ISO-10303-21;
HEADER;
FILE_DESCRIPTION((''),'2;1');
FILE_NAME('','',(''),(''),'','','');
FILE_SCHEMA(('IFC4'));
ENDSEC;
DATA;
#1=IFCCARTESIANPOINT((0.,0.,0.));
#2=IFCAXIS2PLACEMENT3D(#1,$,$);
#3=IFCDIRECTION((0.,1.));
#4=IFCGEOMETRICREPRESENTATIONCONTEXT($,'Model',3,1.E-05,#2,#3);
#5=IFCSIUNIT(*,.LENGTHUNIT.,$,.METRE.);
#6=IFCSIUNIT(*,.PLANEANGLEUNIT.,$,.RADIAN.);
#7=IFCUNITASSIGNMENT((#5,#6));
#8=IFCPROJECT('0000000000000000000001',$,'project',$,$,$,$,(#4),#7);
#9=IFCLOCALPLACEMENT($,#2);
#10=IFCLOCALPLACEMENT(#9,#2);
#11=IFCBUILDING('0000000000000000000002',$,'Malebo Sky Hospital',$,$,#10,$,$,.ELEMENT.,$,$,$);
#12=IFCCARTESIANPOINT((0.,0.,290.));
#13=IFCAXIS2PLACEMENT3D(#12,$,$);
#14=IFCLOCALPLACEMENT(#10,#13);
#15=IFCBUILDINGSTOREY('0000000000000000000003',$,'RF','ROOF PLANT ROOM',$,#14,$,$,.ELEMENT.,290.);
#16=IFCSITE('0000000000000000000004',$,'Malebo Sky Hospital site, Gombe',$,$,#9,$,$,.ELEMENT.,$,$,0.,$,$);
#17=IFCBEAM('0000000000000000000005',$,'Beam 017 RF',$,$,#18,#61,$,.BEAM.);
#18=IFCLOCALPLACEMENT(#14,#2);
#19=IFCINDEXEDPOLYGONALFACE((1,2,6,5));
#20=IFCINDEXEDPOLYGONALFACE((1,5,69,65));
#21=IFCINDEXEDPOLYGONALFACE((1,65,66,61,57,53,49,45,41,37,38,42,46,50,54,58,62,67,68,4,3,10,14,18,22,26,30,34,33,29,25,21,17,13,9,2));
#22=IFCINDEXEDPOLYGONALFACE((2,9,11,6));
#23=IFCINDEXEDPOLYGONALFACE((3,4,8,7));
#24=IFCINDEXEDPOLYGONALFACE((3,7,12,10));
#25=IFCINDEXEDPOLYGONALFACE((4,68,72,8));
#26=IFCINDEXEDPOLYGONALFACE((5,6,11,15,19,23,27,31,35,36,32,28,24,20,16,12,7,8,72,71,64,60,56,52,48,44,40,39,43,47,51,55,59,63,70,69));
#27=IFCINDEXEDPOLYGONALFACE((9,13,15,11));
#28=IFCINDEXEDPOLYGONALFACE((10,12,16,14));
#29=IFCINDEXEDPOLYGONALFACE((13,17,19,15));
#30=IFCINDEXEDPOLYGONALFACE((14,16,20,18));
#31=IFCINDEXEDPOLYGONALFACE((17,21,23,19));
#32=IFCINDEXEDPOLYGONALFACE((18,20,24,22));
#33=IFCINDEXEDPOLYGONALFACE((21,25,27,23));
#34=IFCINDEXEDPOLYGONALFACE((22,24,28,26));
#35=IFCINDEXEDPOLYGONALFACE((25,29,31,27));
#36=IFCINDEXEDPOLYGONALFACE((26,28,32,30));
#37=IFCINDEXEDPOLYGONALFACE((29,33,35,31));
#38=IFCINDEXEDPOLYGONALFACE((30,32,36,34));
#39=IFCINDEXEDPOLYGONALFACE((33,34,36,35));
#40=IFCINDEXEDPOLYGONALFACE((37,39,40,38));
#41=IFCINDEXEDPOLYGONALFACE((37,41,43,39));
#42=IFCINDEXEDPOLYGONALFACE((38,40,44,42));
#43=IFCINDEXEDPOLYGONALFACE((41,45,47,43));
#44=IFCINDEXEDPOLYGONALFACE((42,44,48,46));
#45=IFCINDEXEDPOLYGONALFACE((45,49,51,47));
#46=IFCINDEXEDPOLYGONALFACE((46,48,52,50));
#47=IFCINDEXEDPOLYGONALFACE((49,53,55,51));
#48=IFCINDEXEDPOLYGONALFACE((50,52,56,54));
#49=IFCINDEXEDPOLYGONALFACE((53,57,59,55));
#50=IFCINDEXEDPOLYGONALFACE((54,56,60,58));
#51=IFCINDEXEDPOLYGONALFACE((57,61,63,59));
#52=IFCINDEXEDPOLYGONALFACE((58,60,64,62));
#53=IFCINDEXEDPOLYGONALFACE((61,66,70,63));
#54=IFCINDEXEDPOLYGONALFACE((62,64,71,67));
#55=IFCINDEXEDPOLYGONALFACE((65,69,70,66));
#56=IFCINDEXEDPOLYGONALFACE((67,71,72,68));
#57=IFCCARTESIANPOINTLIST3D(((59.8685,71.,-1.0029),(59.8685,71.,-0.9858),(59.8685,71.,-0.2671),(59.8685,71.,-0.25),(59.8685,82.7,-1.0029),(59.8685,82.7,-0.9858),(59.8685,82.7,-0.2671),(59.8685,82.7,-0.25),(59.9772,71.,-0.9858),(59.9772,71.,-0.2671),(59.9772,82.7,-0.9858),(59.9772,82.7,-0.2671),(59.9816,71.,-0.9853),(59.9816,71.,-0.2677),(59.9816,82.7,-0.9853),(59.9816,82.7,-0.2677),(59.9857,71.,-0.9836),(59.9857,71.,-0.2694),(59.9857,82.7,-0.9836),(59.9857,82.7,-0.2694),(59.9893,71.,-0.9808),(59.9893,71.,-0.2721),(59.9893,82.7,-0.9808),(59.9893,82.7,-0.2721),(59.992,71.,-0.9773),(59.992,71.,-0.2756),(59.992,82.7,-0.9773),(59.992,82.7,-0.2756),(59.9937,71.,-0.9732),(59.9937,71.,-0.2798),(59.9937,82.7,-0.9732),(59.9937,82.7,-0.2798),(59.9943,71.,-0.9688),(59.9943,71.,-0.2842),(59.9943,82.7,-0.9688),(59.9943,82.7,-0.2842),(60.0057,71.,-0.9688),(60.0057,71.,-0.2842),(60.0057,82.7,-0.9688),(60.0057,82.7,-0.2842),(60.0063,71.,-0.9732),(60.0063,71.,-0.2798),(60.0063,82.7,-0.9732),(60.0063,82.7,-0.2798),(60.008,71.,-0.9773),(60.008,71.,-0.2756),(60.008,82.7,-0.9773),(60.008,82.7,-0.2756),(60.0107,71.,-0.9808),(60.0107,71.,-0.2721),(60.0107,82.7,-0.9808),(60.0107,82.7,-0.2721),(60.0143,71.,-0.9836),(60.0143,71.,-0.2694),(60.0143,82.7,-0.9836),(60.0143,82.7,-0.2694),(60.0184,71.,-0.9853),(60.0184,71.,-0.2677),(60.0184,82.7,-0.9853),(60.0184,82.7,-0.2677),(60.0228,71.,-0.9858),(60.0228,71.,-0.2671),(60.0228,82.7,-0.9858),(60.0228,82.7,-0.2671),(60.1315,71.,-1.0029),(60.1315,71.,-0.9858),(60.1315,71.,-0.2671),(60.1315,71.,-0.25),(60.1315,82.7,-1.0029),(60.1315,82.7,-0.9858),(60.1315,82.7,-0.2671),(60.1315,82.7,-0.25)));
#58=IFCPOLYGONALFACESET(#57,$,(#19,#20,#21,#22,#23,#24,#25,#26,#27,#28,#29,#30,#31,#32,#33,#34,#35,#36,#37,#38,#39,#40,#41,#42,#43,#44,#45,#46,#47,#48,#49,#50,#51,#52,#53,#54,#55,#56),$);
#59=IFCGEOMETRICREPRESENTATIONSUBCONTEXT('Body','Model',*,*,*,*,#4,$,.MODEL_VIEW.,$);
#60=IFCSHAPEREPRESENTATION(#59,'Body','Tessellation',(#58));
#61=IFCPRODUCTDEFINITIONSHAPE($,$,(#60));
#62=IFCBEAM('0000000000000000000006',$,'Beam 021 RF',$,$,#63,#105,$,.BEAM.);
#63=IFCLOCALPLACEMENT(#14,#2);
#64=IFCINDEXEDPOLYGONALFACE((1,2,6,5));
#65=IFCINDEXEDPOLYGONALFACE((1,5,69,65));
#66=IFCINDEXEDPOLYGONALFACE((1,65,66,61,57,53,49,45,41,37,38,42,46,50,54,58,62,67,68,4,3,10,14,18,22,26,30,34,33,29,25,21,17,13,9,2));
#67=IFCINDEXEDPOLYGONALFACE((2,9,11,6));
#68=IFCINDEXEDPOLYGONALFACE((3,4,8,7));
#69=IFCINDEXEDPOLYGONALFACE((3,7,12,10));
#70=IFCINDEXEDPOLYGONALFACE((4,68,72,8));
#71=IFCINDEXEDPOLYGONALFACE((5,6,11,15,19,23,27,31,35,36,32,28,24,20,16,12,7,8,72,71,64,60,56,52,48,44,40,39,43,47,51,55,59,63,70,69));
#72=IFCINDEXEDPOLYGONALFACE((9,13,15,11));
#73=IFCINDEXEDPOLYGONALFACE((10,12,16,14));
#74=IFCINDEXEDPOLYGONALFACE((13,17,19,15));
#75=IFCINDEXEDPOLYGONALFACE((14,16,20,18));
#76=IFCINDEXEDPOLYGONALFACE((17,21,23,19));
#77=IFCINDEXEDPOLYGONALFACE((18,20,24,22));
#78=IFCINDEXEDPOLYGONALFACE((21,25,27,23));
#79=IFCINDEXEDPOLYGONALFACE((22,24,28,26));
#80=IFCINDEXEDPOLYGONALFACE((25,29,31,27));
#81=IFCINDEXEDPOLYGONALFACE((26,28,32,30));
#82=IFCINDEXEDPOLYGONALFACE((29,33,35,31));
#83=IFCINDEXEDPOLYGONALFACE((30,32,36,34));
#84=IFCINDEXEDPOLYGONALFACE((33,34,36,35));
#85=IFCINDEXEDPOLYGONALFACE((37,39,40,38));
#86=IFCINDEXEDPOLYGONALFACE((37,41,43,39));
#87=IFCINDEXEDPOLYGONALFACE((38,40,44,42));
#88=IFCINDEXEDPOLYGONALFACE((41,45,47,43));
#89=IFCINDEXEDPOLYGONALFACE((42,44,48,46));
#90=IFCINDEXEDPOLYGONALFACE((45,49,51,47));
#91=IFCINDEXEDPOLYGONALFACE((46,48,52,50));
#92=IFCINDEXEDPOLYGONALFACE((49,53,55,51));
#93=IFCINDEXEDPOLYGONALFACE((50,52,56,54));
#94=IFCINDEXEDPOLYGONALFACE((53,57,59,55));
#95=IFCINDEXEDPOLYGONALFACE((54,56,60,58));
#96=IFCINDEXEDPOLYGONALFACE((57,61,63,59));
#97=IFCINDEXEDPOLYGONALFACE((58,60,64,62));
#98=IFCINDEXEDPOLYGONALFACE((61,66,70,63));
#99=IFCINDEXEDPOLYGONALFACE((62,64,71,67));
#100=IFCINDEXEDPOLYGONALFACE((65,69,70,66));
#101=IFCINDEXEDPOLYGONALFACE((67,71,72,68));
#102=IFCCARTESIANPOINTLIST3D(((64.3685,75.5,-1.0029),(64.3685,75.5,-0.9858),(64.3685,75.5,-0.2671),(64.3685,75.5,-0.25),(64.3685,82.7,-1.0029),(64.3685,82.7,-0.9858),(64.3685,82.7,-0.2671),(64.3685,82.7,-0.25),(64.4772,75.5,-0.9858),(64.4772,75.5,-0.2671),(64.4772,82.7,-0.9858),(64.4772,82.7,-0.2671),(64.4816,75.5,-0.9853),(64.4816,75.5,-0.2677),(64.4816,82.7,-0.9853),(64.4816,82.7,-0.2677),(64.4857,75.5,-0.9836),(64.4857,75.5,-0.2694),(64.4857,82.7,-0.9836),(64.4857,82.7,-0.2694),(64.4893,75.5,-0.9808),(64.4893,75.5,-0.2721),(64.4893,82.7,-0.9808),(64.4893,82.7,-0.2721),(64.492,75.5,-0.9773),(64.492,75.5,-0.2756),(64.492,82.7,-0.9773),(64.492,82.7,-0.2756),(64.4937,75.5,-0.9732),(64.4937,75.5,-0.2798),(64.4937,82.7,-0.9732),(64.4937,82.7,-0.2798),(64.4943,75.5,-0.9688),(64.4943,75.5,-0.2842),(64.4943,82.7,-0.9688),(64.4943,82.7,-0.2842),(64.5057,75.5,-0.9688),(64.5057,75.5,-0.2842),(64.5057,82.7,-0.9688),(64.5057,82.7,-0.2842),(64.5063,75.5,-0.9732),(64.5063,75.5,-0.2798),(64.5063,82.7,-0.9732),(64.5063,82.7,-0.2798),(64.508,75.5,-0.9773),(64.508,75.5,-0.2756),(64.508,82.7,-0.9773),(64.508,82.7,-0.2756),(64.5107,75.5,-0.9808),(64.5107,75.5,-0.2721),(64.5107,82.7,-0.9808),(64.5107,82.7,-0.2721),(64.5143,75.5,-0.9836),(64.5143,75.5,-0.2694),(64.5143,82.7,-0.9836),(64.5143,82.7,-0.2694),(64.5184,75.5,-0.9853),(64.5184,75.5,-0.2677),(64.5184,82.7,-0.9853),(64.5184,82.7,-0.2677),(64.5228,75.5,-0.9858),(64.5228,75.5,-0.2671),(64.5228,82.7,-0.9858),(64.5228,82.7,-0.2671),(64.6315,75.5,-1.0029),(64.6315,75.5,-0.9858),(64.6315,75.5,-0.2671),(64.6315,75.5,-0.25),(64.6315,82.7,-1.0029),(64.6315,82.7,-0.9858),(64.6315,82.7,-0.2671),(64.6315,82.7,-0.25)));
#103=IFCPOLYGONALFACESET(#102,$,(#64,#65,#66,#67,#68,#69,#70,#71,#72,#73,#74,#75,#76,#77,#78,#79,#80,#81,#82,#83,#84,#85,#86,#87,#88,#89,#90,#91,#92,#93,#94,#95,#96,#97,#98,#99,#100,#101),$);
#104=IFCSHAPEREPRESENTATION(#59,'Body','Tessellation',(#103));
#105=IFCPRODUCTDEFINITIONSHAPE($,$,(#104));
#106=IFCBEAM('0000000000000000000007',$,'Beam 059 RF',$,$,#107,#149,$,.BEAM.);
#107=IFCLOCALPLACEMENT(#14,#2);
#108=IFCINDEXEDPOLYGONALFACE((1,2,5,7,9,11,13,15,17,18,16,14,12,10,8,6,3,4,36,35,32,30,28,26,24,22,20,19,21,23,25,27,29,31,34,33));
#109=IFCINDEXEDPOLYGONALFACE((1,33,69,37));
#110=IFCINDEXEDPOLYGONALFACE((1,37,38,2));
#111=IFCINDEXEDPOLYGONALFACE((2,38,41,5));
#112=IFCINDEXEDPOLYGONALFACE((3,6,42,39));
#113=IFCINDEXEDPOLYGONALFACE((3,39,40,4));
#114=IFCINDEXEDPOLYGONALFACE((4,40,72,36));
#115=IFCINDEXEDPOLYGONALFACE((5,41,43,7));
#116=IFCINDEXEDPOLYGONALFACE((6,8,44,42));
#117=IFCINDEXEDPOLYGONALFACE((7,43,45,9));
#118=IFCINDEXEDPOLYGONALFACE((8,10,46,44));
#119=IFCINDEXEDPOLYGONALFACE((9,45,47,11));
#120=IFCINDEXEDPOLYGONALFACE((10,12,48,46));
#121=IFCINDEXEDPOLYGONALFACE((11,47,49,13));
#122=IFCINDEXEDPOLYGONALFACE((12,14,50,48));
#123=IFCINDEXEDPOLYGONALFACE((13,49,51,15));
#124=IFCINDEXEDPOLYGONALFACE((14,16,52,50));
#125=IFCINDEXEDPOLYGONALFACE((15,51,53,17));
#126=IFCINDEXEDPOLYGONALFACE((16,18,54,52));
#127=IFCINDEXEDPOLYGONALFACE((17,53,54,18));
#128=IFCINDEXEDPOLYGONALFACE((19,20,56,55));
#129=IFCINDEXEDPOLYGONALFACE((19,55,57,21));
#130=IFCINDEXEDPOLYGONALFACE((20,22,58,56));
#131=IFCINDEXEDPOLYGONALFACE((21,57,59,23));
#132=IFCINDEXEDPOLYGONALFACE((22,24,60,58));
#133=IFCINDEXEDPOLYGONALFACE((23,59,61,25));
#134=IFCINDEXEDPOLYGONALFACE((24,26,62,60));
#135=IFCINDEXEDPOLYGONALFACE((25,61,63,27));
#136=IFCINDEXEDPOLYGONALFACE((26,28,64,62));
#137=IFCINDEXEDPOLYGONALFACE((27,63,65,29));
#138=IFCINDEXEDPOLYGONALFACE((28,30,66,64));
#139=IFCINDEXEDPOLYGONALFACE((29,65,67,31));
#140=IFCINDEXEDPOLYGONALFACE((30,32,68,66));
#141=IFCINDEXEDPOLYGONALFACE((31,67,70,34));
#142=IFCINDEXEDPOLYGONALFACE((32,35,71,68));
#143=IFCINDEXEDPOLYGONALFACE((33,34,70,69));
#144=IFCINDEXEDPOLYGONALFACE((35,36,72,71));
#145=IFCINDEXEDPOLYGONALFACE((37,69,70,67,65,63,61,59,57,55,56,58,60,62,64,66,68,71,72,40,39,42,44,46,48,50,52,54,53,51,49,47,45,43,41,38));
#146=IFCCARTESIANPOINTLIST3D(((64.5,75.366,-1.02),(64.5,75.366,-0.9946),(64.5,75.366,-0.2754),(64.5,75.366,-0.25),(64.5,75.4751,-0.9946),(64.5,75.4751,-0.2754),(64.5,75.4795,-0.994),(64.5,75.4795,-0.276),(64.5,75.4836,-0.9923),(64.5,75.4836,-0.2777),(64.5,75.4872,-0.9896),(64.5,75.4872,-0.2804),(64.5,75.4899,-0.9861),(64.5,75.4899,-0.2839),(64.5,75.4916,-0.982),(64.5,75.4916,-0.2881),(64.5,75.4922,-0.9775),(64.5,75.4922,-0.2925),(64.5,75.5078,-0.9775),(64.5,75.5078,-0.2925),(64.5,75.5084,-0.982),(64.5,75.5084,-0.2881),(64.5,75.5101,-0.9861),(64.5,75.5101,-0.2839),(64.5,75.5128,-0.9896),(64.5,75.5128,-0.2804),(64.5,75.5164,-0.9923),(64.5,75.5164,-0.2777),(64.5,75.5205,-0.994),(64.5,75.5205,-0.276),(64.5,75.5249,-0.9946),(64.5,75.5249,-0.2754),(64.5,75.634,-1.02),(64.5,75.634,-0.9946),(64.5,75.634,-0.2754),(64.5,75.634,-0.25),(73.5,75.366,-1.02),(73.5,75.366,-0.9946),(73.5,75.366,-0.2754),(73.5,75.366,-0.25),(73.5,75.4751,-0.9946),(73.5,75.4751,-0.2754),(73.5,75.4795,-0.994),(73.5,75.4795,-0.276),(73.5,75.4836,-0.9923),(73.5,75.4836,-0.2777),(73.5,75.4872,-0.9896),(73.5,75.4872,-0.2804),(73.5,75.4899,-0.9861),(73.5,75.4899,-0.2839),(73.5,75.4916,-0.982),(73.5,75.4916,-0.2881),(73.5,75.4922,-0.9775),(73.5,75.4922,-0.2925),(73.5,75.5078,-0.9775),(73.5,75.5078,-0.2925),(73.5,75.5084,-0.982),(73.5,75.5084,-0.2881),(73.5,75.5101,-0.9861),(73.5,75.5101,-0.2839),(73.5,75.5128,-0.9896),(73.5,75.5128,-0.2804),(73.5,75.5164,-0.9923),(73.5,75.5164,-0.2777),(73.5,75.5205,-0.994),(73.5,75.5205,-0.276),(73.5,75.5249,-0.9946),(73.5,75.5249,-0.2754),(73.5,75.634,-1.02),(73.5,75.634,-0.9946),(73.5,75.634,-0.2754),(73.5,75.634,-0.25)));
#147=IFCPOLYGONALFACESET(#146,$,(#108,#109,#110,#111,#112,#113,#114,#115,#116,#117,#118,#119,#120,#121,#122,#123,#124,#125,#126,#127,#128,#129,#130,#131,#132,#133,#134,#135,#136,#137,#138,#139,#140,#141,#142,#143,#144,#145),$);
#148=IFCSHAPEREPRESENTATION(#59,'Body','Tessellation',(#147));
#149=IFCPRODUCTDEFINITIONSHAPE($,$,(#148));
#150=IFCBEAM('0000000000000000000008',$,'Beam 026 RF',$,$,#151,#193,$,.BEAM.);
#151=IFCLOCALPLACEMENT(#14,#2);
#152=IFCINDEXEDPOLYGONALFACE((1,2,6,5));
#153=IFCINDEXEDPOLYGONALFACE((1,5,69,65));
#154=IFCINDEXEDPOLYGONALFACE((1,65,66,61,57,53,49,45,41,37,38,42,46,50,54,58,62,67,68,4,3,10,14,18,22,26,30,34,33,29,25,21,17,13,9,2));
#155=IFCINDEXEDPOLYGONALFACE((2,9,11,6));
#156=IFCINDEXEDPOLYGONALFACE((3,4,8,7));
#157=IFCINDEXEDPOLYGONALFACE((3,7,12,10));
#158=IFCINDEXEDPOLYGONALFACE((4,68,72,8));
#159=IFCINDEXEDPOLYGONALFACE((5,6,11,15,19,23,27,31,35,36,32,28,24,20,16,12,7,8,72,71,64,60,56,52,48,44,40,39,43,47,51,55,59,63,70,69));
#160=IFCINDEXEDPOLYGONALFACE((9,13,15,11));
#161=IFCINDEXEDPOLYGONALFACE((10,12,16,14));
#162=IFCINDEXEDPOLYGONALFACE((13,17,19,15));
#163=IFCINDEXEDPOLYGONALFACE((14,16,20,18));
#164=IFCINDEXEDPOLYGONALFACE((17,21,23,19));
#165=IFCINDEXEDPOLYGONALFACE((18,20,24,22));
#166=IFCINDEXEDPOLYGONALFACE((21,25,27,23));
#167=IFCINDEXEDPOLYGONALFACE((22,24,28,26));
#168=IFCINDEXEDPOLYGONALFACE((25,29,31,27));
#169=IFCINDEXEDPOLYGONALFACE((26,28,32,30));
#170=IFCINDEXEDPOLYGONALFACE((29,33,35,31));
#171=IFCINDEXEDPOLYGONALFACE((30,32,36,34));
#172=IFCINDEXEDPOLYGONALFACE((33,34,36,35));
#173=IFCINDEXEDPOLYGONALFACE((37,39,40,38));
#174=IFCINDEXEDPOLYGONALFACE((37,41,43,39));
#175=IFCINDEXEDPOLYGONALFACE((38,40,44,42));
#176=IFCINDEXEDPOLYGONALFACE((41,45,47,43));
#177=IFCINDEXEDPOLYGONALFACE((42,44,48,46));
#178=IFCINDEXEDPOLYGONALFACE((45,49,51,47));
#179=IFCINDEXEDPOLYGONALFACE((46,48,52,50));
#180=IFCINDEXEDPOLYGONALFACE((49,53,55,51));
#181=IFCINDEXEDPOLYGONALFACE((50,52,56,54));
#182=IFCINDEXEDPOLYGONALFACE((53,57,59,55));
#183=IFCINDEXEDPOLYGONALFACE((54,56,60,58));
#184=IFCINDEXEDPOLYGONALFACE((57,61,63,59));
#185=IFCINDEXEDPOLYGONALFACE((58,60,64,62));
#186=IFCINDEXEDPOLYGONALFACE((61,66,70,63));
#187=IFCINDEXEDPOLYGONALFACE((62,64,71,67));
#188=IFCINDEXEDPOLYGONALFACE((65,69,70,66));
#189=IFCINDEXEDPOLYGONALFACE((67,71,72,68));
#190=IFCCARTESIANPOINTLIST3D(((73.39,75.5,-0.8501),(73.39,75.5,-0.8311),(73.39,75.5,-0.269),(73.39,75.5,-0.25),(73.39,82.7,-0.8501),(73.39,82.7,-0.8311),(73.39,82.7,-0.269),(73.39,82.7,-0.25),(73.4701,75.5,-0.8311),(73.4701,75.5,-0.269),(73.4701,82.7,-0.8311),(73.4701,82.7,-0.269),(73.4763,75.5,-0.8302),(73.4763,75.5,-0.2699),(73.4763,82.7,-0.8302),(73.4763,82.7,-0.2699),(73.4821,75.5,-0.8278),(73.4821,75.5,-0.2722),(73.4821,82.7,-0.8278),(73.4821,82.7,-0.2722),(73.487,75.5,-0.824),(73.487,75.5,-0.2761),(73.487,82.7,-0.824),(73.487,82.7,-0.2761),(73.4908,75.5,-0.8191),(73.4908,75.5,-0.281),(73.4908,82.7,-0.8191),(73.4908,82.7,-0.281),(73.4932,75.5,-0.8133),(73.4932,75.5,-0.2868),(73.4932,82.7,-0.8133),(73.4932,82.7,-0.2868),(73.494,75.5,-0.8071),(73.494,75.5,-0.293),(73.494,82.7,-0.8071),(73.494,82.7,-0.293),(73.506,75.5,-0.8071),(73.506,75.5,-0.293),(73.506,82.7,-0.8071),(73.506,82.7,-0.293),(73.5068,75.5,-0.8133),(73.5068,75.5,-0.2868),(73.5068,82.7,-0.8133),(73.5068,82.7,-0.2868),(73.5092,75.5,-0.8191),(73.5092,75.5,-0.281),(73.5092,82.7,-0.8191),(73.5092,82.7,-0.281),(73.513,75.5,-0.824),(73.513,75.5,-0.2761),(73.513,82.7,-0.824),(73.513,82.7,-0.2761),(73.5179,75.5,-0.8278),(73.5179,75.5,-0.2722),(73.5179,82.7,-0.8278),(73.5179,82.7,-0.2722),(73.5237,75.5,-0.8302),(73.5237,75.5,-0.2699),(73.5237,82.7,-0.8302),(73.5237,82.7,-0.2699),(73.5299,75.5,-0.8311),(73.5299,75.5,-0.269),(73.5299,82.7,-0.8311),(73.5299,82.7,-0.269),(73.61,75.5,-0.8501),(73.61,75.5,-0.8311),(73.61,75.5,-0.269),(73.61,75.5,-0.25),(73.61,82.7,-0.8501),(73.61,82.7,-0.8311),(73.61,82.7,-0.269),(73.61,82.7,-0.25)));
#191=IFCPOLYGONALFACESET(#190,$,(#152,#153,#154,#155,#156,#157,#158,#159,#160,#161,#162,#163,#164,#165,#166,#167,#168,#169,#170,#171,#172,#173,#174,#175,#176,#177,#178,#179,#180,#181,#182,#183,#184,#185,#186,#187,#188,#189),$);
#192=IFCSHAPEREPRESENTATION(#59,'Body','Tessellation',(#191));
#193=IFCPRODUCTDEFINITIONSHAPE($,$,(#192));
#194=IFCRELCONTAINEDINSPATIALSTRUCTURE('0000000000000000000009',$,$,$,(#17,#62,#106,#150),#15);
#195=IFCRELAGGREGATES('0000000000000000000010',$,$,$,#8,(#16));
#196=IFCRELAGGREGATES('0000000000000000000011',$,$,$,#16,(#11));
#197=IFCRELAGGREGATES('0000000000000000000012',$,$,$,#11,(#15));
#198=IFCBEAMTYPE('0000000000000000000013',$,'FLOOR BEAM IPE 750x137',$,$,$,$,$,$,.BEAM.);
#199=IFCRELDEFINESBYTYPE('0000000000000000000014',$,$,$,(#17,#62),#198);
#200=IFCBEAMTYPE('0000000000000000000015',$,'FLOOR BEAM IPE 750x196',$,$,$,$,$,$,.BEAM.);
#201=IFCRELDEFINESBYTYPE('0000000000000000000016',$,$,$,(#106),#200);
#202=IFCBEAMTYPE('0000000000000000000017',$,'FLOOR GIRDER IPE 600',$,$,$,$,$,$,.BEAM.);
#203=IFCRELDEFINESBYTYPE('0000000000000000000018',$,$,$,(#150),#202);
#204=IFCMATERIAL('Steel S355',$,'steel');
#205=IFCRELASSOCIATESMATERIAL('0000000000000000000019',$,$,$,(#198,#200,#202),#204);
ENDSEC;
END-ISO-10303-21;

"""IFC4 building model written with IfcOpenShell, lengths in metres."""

from ifc_helpers import new_model, si_unit, direction, frame, origin, origin_2d, place, context, subcontext, project, spatial, i_section, extrude, material, material_profile, profile_set, type_object, element, save


model = new_model("IFC4")

# Units and contexts
model_context = context("Model", 3, precision=1e-05, world=origin(), true_north=direction((0.0, 1.0)))
body_context = subcontext(model_context, "Body", "Model", "MODEL_VIEW")
ifc_project = project(units=[si_unit("LENGTHUNIT", "METRE"), si_unit("PLANEANGLEUNIT", "RADIAN")], contexts=[model_context])

# Site, building, storey
site_placement = place(None, origin())
site = spatial("IfcSite", under=ifc_project, at=site_placement, Name="Malebo Sky Hospital site, Gombe", CompositionType="ELEMENT", RefElevation=0.0)
building_placement = place(site_placement, origin())
building = spatial("IfcBuilding", under=site, at=building_placement, Name="Malebo Sky Hospital", CompositionType="ELEMENT")
storey_placement = place(building_placement, frame((0.0, 0.0, 290.0)))
storey = spatial("IfcBuildingStorey", under=building, at=storey_placement, Name="RF", Description="ROOF PLANT ROOM", CompositionType="ELEMENT", Elevation=290.0)

# Shared definitions
ifc_material_1 = material(Name="Steel S355", Category="steel")

# Beams
ifc_material_profile_1 = material_profile(ifc_material_1, i_section(OverallWidth=0.2629, OverallDepth=0.7529, WebThickness=0.0115, FlangeThickness=0.0171, FilletRadius=0.0171, at=origin_2d()), Name="IPE 750x137")
ifc_profile_set_1 = profile_set([ifc_material_profile_1], Name="Steel S355")
beam_type_1 = type_object("IfcBeamType", Name="FLOOR BEAM IPE 750x137", PredefinedType="BEAM", material=ifc_profile_set_1)
beam_1_placement = place(storey_placement, frame((60.0, 71.0, -0.6265), z_axis=(0.0, 1.0, 0.0), x_axis=(-1.0, 0.0, 0.0)))
element("IfcBeam", 1, at=beam_1_placement, inside=storey, type_object=beam_type_1, Name="Beam 017 RF", PredefinedType="BEAM", context=body_context, shape_type="SweptSolid", body=[
    extrude(i_section(OverallWidth=0.2629, OverallDepth=0.7529, WebThickness=0.0115, FlangeThickness=0.0171, FilletRadius=0.0171, at=origin_2d()), origin(), (0.0, 0.0, 1.0), 11.7),
])
beam_2_placement = place(storey_placement, frame((64.5, 75.5, -0.6265), z_axis=(0.0, 1.0, 0.0), x_axis=(-1.0, 0.0, 0.0)))
element("IfcBeam", 2, at=beam_2_placement, inside=storey, type_object=beam_type_1, Name="Beam 021 RF", PredefinedType="BEAM", context=body_context, shape_type="SweptSolid", body=[
    extrude(i_section(OverallWidth=0.2629, OverallDepth=0.7529, WebThickness=0.0115, FlangeThickness=0.0171, FilletRadius=0.0171, at=origin_2d()), origin(), (0.0, 0.0, 1.0), 7.2),
])
ifc_material_profile_2 = material_profile(ifc_material_1, i_section(OverallWidth=0.2681, OverallDepth=0.77, WebThickness=0.0156, FlangeThickness=0.0254, FilletRadius=0.0171, at=origin_2d()), Name="IPE 750x196")
ifc_profile_set_2 = profile_set([ifc_material_profile_2], Name="Steel S355")
beam_type_2 = type_object("IfcBeamType", Name="FLOOR BEAM IPE 750x196", PredefinedType="BEAM", material=ifc_profile_set_2)
beam_3_placement = place(storey_placement, frame((64.5, 75.5, -0.635), z_axis=(1.0, 0.0, 0.0), x_axis=(0.0, 1.0, 0.0)))
element("IfcBeam", 3, at=beam_3_placement, inside=storey, type_object=beam_type_2, Name="Beam 059 RF", PredefinedType="BEAM", context=body_context, shape_type="SweptSolid", body=[
    extrude(i_section(OverallWidth=0.2681, OverallDepth=0.77, WebThickness=0.0156, FlangeThickness=0.0254, FilletRadius=0.0171, at=origin_2d()), origin(), (0.0, 0.0, 1.0), 9.0),
])
ifc_material_profile_3 = material_profile(ifc_material_1, i_section(OverallWidth=0.22, OverallDepth=0.6001, WebThickness=0.012, FlangeThickness=0.019, FilletRadius=0.0239, at=origin_2d()), Name="IPE 600")
ifc_profile_set_3 = profile_set([ifc_material_profile_3], Name="Steel S355")
beam_type_3 = type_object("IfcBeamType", Name="FLOOR GIRDER IPE 600", PredefinedType="BEAM", material=ifc_profile_set_3)
for number, where, z_axis, x_axis, name in (
    (4, (73.5, 75.5, -0.55), (0.0, 1.0, 0.0), (-1.0, 0.0, 0.0), "Beam 026 RF"),
):
    element("IfcBeam", number, at=place(storey_placement, frame(where, z_axis=z_axis, x_axis=x_axis)), inside=storey, type_object=beam_type_3, Name=name, PredefinedType="BEAM", context=body_context, shape_type="SweptSolid", body=[
        extrude(i_section(OverallWidth=0.22, OverallDepth=0.6001, WebThickness=0.012, FlangeThickness=0.019, FilletRadius=0.0239, at=origin_2d()), origin(), (0.0, 0.0, 1.0), 7.2),
    ])

save(model, "model.ifc")
